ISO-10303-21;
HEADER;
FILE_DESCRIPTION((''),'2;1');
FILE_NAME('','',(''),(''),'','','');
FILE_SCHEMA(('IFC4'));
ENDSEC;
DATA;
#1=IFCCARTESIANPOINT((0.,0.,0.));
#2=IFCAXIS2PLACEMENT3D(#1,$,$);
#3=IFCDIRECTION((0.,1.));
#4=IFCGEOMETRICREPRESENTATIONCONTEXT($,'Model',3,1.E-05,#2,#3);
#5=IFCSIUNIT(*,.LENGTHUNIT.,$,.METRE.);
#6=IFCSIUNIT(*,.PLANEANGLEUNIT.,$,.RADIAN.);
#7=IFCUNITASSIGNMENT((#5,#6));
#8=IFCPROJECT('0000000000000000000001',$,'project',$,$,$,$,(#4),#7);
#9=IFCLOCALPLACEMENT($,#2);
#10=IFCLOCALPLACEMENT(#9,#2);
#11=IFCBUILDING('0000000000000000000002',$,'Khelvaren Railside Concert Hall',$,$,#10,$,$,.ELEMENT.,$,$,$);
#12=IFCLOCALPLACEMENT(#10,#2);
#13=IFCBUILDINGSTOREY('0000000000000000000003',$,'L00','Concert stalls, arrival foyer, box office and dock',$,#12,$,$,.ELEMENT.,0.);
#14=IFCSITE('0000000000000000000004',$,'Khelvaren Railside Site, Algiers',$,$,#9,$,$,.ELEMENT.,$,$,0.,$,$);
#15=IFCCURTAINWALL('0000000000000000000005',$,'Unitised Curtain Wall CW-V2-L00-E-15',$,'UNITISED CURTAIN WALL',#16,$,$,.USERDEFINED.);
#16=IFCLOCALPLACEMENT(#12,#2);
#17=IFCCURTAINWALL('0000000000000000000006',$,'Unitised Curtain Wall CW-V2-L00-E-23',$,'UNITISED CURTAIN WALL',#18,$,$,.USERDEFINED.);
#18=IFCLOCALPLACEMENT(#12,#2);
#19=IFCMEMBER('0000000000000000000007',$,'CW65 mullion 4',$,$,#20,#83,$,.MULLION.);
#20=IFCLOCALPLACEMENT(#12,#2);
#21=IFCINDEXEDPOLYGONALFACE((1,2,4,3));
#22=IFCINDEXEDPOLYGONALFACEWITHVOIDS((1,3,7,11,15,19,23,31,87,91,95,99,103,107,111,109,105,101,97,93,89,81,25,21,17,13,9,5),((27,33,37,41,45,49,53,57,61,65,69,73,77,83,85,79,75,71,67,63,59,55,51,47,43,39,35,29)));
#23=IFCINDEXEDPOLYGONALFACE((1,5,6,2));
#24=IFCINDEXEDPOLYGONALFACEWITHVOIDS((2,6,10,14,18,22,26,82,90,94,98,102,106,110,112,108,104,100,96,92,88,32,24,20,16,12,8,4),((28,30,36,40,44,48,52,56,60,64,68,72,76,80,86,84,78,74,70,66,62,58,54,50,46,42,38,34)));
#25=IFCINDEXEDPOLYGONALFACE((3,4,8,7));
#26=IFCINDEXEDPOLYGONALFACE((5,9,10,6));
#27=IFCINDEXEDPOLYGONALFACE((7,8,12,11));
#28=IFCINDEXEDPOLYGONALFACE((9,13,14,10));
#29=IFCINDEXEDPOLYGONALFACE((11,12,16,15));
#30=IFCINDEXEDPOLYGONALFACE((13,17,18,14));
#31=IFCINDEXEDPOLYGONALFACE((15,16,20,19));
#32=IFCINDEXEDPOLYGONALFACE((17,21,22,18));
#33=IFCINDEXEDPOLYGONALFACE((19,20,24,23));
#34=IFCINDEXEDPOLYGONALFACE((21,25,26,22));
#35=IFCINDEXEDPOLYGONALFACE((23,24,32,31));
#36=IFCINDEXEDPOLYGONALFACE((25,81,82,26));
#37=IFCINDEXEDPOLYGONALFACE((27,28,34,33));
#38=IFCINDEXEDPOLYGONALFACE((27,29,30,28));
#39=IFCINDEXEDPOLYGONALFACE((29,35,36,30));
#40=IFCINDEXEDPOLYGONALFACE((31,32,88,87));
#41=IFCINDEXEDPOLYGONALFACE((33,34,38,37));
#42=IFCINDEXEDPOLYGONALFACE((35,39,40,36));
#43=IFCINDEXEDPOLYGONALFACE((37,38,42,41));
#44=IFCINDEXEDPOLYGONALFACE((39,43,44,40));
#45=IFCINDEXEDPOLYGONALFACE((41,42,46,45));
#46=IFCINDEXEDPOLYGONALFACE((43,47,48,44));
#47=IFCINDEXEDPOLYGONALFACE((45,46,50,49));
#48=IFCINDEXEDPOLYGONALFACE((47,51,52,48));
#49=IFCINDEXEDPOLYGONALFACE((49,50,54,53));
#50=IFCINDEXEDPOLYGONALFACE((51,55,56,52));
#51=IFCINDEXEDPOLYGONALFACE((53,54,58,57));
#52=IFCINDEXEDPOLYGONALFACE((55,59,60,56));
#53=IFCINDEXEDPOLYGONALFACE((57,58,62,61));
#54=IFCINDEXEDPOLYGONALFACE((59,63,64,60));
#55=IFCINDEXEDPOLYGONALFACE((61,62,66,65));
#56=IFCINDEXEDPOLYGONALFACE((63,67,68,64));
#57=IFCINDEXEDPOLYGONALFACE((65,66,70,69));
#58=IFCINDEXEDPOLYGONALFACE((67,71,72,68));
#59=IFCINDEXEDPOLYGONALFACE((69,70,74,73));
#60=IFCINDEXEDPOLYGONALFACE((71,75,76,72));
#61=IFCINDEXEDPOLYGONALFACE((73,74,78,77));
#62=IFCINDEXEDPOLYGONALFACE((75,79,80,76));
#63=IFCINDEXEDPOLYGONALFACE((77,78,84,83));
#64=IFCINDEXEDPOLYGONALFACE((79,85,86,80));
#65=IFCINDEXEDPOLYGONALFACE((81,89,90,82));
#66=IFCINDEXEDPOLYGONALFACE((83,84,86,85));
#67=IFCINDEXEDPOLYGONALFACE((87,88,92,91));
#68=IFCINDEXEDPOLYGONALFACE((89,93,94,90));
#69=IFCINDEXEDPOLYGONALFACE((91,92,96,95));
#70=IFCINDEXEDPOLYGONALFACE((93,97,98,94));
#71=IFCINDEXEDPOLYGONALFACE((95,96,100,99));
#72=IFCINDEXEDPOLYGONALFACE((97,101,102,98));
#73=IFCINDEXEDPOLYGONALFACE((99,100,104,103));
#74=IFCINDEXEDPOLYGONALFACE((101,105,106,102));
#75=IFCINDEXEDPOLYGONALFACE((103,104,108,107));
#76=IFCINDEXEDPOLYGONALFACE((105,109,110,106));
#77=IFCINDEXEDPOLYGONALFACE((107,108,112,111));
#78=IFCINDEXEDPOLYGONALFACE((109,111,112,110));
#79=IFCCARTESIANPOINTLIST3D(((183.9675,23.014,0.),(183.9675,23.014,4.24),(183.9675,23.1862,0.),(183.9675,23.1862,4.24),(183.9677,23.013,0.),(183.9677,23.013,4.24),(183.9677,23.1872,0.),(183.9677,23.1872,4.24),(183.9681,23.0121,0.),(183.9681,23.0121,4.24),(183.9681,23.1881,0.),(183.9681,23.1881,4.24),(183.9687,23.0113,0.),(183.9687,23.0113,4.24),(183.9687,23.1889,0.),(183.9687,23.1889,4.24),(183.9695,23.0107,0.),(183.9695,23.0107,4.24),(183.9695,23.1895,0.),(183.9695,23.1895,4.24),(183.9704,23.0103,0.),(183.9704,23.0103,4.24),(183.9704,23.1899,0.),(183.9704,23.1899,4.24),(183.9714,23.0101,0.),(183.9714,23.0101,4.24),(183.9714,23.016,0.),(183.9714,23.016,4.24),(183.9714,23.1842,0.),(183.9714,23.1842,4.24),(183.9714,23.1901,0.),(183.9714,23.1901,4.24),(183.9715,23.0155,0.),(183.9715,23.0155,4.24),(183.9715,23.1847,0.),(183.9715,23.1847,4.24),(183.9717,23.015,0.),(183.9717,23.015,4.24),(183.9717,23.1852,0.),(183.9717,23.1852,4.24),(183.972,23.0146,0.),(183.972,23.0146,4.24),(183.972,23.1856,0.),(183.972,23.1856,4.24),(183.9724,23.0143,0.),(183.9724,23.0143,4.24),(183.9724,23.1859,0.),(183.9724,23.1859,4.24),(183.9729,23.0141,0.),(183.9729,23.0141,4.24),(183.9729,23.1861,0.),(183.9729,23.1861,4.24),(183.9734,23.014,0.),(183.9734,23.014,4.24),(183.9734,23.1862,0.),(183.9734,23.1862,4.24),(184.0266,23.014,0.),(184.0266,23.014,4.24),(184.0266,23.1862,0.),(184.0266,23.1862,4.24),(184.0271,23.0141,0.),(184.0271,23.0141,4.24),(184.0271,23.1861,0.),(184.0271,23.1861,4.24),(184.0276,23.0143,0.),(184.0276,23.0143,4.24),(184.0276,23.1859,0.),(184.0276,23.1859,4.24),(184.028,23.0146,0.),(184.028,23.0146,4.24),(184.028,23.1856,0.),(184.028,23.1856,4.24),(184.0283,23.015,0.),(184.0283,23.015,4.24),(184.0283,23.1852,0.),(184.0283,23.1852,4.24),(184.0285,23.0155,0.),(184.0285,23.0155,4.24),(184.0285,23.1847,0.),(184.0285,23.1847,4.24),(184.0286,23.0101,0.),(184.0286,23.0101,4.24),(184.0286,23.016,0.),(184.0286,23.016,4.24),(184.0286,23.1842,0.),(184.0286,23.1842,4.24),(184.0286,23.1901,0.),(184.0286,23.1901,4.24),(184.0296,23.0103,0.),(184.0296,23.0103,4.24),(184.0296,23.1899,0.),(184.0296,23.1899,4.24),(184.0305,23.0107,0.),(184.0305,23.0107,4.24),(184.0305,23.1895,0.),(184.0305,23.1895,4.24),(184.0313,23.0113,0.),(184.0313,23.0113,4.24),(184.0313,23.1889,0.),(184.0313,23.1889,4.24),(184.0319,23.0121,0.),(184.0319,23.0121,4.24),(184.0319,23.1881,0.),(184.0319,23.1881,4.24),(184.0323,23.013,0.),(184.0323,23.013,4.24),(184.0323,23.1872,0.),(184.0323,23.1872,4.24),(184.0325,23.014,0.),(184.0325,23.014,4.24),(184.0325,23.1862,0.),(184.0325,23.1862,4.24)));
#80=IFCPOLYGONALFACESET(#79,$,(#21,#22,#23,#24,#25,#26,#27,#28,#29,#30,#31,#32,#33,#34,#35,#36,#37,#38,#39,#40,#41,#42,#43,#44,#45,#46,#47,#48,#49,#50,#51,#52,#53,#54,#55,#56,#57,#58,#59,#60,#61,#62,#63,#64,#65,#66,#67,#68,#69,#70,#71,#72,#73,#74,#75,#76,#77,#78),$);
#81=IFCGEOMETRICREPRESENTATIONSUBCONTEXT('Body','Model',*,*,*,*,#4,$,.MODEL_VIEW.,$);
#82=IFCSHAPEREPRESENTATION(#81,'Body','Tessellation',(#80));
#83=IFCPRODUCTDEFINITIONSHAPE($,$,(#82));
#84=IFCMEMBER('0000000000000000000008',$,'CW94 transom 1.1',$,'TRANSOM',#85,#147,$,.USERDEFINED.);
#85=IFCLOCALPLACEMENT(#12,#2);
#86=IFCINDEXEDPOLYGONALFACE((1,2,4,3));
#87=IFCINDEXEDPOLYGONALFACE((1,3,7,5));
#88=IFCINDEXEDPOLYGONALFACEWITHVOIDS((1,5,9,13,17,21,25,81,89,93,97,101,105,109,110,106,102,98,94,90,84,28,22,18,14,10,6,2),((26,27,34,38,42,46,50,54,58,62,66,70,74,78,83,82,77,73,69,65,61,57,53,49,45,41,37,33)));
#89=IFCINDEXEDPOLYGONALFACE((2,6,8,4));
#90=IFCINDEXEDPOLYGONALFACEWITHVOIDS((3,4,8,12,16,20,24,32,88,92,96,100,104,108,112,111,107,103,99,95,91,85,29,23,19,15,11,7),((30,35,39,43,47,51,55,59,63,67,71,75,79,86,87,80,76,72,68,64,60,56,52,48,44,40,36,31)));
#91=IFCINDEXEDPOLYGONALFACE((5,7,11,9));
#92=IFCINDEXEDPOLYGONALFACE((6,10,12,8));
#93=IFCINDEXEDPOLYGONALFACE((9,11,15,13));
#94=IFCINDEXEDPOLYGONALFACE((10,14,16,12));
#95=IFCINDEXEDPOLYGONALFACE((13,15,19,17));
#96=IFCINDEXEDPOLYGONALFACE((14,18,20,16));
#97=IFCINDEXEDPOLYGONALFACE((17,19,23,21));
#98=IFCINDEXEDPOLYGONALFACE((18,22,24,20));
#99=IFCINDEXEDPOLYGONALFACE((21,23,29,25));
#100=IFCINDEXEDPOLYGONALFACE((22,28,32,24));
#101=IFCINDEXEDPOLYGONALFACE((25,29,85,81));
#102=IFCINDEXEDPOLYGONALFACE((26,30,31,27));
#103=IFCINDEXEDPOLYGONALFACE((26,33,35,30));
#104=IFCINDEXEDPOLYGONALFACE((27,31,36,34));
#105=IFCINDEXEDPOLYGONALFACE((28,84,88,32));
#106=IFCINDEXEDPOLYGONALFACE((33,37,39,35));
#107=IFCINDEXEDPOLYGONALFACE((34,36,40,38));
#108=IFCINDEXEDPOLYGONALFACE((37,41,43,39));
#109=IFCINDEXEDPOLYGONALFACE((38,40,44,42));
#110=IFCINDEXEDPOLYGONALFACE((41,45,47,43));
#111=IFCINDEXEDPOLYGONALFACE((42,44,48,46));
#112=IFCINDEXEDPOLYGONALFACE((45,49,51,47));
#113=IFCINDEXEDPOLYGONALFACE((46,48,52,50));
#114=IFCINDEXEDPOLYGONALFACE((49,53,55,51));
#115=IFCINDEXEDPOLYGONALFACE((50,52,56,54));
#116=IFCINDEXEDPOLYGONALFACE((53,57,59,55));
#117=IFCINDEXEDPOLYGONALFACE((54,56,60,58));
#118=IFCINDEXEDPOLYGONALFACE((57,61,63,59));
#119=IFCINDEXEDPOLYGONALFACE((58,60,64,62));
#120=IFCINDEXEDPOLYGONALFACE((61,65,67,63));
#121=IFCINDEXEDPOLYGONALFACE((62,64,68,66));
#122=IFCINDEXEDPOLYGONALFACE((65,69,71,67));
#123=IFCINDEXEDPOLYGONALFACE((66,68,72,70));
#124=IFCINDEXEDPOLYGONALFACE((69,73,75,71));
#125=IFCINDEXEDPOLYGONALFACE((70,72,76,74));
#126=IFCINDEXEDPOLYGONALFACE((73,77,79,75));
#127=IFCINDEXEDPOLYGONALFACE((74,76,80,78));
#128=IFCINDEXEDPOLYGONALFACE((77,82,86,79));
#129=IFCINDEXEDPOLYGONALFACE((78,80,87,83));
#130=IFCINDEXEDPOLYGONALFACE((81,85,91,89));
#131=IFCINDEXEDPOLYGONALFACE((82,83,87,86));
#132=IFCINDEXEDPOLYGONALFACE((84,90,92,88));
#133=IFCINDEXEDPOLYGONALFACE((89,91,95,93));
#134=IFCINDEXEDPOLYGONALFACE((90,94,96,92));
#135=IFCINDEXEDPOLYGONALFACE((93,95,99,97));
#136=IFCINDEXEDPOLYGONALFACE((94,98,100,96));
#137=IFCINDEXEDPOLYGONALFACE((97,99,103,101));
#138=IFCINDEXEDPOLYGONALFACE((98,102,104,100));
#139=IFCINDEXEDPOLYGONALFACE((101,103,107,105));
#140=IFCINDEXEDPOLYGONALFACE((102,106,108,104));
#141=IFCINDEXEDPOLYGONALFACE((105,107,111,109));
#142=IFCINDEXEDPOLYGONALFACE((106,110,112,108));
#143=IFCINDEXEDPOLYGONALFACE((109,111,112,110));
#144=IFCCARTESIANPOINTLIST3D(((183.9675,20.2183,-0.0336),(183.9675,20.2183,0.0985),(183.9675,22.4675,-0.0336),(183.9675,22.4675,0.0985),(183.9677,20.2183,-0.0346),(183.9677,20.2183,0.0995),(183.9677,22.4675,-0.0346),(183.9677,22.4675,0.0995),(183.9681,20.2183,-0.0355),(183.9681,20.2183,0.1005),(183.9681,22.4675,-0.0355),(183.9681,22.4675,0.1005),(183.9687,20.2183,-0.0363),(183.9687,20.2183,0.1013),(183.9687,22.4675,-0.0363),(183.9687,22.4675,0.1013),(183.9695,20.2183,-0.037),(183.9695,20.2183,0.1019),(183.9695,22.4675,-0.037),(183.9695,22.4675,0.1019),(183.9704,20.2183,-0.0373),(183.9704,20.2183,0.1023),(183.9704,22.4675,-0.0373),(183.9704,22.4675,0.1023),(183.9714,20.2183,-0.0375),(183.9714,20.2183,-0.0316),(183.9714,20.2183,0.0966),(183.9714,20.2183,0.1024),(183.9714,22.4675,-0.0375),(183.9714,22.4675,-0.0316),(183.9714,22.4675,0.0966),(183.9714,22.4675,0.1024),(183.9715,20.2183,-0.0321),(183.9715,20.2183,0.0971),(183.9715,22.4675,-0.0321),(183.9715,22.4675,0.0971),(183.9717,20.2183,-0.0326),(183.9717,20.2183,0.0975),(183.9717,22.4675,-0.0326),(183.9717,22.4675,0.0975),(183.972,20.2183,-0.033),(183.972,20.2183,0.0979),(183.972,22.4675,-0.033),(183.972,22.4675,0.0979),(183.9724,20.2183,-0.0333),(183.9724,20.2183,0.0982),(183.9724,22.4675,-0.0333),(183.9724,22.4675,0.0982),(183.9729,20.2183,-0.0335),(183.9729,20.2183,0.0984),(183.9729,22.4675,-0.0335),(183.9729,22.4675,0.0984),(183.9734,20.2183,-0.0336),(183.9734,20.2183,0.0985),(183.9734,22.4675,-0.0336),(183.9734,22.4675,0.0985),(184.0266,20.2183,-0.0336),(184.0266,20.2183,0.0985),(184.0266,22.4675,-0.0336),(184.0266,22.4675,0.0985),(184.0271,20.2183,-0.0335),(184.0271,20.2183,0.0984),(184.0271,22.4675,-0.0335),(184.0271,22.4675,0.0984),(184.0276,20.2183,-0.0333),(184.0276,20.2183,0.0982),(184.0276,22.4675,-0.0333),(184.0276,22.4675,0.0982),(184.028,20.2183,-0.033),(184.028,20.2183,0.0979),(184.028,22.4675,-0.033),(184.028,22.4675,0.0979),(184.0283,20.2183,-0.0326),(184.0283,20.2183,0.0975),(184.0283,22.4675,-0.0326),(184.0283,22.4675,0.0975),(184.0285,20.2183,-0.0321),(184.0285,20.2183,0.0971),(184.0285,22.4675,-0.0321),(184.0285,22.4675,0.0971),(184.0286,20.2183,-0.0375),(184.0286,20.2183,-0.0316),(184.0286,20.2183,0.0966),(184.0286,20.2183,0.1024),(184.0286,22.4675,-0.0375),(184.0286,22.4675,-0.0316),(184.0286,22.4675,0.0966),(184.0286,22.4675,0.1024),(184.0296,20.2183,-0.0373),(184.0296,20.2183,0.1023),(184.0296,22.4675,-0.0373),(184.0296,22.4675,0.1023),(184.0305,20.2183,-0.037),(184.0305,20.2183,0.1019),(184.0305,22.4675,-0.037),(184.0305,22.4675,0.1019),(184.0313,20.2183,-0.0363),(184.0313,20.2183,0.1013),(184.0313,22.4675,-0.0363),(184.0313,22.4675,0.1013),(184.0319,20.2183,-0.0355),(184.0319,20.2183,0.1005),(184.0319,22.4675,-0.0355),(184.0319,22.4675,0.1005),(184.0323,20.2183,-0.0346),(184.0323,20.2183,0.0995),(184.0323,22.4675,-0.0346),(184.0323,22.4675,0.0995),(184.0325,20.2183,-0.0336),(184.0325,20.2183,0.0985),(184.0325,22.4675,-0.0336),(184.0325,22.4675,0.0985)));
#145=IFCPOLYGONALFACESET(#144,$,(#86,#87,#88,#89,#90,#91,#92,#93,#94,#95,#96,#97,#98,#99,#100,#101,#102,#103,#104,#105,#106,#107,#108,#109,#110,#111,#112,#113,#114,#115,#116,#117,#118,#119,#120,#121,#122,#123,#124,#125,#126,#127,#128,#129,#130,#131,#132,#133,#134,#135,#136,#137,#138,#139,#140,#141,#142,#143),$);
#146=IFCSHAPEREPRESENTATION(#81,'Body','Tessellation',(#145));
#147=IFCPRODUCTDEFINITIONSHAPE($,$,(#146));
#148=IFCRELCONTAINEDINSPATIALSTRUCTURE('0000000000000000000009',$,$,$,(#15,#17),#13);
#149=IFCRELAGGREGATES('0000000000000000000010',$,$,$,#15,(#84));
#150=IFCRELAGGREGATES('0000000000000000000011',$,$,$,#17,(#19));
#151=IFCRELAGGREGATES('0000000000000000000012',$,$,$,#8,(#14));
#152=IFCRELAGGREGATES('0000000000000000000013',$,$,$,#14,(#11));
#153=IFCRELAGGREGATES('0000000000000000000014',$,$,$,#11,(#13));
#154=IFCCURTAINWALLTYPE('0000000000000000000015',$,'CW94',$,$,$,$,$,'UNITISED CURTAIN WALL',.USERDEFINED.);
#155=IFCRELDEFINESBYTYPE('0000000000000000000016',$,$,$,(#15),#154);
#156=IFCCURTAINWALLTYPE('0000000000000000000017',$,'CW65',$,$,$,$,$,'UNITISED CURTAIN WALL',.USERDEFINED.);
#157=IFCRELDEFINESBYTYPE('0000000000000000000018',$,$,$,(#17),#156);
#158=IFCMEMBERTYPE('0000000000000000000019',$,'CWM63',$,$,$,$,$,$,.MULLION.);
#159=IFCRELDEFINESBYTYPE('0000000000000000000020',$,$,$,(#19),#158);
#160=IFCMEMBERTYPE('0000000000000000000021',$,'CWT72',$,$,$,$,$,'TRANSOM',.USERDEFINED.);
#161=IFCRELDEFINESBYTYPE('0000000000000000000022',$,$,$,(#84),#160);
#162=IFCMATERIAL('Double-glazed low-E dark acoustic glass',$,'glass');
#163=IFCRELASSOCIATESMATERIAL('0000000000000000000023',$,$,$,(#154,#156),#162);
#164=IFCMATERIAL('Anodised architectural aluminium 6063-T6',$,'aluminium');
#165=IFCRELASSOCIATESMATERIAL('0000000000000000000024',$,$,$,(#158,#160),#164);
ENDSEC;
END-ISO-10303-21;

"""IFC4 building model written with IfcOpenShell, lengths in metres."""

from ifc_helpers import new_model, si_unit, direction, frame, origin, origin_2d, place, context, subcontext, project, spatial, hollow_rectangle, extrude, material, material_profile, profile_set, type_object, element, aggregate, save


model = new_model("IFC4")

# Units and contexts
model_context = context("Model", 3, precision=1e-05, world=origin(), true_north=direction((0.0, 1.0)))
body_context = subcontext(model_context, "Body", "Model", "MODEL_VIEW")
ifc_project = project(units=[si_unit("LENGTHUNIT", "METRE"), si_unit("PLANEANGLEUNIT", "RADIAN")], contexts=[model_context])

# Site, building, storey
site_placement = place(None, origin())
site = spatial("IfcSite", under=ifc_project, at=site_placement, Name="Khelvaren Railside Site, Algiers", CompositionType="ELEMENT", RefElevation=0.0)
building_placement = place(site_placement, origin())
building = spatial("IfcBuilding", under=site, at=building_placement, Name="Khelvaren Railside Concert Hall", CompositionType="ELEMENT")
storey_placement = place(building_placement, origin())
storey = spatial("IfcBuildingStorey", under=building, at=storey_placement, Name="L00", Description="Concert stalls, arrival foyer, box office and dock", CompositionType="ELEMENT", Elevation=0.0)

# Curtain walls, member
ifc_material_1 = material(Name="Double-glazed low-E dark acoustic glass", Category="glass")
curtain_wall_type_1 = type_object("IfcCurtainWallType", Name="CW94", ElementType="UNITISED CURTAIN WALL", PredefinedType="USERDEFINED", material=ifc_material_1)
curtain_wall_1_placement = place(storey_placement, origin())
curtain_wall_1 = element("IfcCurtainWall", 1, at=curtain_wall_1_placement, inside=storey, type_object=curtain_wall_type_1, Name="Unitised Curtain Wall CW-V2-L00-E-15", ObjectType="UNITISED CURTAIN WALL", PredefinedType="USERDEFINED")
ifc_material_2 = material(Name="Anodised architectural aluminium 6063-T6", Category="aluminium")
ifc_material_profile_1 = material_profile(ifc_material_2, hollow_rectangle(XDim=0.0649, YDim=0.1799, WallThickness=0.0039, InnerFilletRadius=0.002, OuterFilletRadius=0.0039, at=origin_2d()), Name="CWM 65x180x4")
ifc_profile_set_1 = profile_set([ifc_material_profile_1], Name="Anodised architectural aluminium 6063-T6")
member_type_1 = type_object("IfcMemberType", Name="CWM63", PredefinedType="MULLION", material=ifc_profile_set_1)
curtain_wall_type_2 = type_object("IfcCurtainWallType", Name="CW65", ElementType="UNITISED CURTAIN WALL", PredefinedType="USERDEFINED", material=ifc_material_1)
curtain_wall_2_placement = place(storey_placement, origin())
curtain_wall_2 = element("IfcCurtainWall", 2, at=curtain_wall_2_placement, inside=storey, type_object=curtain_wall_type_2, Name="Unitised Curtain Wall CW-V2-L00-E-23", ObjectType="UNITISED CURTAIN WALL", PredefinedType="USERDEFINED")
member_1_placement = place(storey_placement, frame((184.0, 23.1001, 0.0), z_axis=(0.0, 0.0, 1.0), x_axis=(1.0, 0.0, 0.0)))
member_1 = element("IfcMember", 3, at=member_1_placement, type_object=member_type_1, Name="CW65 mullion 4", PredefinedType="MULLION", context=body_context, shape_type="SweptSolid", body=[
    extrude(hollow_rectangle(XDim=0.0649, YDim=0.1799, WallThickness=0.0039, InnerFilletRadius=0.002, OuterFilletRadius=0.0039, at=origin_2d()), origin(), (0.0, 0.0, 1.0), 4.24),
])

# Member
ifc_material_profile_2 = material_profile(ifc_material_2, hollow_rectangle(XDim=0.0649, YDim=0.1399, WallThickness=0.0039, InnerFilletRadius=0.002, OuterFilletRadius=0.0039, at=origin_2d()), Name="CWT 65x140x4")
ifc_profile_set_2 = profile_set([ifc_material_profile_2], Name="Anodised architectural aluminium 6063-T6")
member_type_2 = type_object("IfcMemberType", Name="CWT72", ElementType="TRANSOM", PredefinedType="USERDEFINED", material=ifc_profile_set_2)
member_2_placement = place(storey_placement, frame((184.0, 22.4675, 0.0325), z_axis=(0.0, -1.0, 0.0), x_axis=(1.0, 0.0, 0.0)))
member_2 = element("IfcMember", 4, at=member_2_placement, type_object=member_type_2, Name="CW94 transom 1.1", ObjectType="TRANSOM", PredefinedType="USERDEFINED", context=body_context, shape_type="SweptSolid", body=[
    extrude(hollow_rectangle(XDim=0.0649, YDim=0.1399, WallThickness=0.0039, InnerFilletRadius=0.002, OuterFilletRadius=0.0039, at=origin_2d()), origin(), (0.0, 0.0, 1.0), 2.2493),
])

aggregate(curtain_wall_1, [member_2])
aggregate(curtain_wall_2, [member_1])

save(model, "model.ifc")
